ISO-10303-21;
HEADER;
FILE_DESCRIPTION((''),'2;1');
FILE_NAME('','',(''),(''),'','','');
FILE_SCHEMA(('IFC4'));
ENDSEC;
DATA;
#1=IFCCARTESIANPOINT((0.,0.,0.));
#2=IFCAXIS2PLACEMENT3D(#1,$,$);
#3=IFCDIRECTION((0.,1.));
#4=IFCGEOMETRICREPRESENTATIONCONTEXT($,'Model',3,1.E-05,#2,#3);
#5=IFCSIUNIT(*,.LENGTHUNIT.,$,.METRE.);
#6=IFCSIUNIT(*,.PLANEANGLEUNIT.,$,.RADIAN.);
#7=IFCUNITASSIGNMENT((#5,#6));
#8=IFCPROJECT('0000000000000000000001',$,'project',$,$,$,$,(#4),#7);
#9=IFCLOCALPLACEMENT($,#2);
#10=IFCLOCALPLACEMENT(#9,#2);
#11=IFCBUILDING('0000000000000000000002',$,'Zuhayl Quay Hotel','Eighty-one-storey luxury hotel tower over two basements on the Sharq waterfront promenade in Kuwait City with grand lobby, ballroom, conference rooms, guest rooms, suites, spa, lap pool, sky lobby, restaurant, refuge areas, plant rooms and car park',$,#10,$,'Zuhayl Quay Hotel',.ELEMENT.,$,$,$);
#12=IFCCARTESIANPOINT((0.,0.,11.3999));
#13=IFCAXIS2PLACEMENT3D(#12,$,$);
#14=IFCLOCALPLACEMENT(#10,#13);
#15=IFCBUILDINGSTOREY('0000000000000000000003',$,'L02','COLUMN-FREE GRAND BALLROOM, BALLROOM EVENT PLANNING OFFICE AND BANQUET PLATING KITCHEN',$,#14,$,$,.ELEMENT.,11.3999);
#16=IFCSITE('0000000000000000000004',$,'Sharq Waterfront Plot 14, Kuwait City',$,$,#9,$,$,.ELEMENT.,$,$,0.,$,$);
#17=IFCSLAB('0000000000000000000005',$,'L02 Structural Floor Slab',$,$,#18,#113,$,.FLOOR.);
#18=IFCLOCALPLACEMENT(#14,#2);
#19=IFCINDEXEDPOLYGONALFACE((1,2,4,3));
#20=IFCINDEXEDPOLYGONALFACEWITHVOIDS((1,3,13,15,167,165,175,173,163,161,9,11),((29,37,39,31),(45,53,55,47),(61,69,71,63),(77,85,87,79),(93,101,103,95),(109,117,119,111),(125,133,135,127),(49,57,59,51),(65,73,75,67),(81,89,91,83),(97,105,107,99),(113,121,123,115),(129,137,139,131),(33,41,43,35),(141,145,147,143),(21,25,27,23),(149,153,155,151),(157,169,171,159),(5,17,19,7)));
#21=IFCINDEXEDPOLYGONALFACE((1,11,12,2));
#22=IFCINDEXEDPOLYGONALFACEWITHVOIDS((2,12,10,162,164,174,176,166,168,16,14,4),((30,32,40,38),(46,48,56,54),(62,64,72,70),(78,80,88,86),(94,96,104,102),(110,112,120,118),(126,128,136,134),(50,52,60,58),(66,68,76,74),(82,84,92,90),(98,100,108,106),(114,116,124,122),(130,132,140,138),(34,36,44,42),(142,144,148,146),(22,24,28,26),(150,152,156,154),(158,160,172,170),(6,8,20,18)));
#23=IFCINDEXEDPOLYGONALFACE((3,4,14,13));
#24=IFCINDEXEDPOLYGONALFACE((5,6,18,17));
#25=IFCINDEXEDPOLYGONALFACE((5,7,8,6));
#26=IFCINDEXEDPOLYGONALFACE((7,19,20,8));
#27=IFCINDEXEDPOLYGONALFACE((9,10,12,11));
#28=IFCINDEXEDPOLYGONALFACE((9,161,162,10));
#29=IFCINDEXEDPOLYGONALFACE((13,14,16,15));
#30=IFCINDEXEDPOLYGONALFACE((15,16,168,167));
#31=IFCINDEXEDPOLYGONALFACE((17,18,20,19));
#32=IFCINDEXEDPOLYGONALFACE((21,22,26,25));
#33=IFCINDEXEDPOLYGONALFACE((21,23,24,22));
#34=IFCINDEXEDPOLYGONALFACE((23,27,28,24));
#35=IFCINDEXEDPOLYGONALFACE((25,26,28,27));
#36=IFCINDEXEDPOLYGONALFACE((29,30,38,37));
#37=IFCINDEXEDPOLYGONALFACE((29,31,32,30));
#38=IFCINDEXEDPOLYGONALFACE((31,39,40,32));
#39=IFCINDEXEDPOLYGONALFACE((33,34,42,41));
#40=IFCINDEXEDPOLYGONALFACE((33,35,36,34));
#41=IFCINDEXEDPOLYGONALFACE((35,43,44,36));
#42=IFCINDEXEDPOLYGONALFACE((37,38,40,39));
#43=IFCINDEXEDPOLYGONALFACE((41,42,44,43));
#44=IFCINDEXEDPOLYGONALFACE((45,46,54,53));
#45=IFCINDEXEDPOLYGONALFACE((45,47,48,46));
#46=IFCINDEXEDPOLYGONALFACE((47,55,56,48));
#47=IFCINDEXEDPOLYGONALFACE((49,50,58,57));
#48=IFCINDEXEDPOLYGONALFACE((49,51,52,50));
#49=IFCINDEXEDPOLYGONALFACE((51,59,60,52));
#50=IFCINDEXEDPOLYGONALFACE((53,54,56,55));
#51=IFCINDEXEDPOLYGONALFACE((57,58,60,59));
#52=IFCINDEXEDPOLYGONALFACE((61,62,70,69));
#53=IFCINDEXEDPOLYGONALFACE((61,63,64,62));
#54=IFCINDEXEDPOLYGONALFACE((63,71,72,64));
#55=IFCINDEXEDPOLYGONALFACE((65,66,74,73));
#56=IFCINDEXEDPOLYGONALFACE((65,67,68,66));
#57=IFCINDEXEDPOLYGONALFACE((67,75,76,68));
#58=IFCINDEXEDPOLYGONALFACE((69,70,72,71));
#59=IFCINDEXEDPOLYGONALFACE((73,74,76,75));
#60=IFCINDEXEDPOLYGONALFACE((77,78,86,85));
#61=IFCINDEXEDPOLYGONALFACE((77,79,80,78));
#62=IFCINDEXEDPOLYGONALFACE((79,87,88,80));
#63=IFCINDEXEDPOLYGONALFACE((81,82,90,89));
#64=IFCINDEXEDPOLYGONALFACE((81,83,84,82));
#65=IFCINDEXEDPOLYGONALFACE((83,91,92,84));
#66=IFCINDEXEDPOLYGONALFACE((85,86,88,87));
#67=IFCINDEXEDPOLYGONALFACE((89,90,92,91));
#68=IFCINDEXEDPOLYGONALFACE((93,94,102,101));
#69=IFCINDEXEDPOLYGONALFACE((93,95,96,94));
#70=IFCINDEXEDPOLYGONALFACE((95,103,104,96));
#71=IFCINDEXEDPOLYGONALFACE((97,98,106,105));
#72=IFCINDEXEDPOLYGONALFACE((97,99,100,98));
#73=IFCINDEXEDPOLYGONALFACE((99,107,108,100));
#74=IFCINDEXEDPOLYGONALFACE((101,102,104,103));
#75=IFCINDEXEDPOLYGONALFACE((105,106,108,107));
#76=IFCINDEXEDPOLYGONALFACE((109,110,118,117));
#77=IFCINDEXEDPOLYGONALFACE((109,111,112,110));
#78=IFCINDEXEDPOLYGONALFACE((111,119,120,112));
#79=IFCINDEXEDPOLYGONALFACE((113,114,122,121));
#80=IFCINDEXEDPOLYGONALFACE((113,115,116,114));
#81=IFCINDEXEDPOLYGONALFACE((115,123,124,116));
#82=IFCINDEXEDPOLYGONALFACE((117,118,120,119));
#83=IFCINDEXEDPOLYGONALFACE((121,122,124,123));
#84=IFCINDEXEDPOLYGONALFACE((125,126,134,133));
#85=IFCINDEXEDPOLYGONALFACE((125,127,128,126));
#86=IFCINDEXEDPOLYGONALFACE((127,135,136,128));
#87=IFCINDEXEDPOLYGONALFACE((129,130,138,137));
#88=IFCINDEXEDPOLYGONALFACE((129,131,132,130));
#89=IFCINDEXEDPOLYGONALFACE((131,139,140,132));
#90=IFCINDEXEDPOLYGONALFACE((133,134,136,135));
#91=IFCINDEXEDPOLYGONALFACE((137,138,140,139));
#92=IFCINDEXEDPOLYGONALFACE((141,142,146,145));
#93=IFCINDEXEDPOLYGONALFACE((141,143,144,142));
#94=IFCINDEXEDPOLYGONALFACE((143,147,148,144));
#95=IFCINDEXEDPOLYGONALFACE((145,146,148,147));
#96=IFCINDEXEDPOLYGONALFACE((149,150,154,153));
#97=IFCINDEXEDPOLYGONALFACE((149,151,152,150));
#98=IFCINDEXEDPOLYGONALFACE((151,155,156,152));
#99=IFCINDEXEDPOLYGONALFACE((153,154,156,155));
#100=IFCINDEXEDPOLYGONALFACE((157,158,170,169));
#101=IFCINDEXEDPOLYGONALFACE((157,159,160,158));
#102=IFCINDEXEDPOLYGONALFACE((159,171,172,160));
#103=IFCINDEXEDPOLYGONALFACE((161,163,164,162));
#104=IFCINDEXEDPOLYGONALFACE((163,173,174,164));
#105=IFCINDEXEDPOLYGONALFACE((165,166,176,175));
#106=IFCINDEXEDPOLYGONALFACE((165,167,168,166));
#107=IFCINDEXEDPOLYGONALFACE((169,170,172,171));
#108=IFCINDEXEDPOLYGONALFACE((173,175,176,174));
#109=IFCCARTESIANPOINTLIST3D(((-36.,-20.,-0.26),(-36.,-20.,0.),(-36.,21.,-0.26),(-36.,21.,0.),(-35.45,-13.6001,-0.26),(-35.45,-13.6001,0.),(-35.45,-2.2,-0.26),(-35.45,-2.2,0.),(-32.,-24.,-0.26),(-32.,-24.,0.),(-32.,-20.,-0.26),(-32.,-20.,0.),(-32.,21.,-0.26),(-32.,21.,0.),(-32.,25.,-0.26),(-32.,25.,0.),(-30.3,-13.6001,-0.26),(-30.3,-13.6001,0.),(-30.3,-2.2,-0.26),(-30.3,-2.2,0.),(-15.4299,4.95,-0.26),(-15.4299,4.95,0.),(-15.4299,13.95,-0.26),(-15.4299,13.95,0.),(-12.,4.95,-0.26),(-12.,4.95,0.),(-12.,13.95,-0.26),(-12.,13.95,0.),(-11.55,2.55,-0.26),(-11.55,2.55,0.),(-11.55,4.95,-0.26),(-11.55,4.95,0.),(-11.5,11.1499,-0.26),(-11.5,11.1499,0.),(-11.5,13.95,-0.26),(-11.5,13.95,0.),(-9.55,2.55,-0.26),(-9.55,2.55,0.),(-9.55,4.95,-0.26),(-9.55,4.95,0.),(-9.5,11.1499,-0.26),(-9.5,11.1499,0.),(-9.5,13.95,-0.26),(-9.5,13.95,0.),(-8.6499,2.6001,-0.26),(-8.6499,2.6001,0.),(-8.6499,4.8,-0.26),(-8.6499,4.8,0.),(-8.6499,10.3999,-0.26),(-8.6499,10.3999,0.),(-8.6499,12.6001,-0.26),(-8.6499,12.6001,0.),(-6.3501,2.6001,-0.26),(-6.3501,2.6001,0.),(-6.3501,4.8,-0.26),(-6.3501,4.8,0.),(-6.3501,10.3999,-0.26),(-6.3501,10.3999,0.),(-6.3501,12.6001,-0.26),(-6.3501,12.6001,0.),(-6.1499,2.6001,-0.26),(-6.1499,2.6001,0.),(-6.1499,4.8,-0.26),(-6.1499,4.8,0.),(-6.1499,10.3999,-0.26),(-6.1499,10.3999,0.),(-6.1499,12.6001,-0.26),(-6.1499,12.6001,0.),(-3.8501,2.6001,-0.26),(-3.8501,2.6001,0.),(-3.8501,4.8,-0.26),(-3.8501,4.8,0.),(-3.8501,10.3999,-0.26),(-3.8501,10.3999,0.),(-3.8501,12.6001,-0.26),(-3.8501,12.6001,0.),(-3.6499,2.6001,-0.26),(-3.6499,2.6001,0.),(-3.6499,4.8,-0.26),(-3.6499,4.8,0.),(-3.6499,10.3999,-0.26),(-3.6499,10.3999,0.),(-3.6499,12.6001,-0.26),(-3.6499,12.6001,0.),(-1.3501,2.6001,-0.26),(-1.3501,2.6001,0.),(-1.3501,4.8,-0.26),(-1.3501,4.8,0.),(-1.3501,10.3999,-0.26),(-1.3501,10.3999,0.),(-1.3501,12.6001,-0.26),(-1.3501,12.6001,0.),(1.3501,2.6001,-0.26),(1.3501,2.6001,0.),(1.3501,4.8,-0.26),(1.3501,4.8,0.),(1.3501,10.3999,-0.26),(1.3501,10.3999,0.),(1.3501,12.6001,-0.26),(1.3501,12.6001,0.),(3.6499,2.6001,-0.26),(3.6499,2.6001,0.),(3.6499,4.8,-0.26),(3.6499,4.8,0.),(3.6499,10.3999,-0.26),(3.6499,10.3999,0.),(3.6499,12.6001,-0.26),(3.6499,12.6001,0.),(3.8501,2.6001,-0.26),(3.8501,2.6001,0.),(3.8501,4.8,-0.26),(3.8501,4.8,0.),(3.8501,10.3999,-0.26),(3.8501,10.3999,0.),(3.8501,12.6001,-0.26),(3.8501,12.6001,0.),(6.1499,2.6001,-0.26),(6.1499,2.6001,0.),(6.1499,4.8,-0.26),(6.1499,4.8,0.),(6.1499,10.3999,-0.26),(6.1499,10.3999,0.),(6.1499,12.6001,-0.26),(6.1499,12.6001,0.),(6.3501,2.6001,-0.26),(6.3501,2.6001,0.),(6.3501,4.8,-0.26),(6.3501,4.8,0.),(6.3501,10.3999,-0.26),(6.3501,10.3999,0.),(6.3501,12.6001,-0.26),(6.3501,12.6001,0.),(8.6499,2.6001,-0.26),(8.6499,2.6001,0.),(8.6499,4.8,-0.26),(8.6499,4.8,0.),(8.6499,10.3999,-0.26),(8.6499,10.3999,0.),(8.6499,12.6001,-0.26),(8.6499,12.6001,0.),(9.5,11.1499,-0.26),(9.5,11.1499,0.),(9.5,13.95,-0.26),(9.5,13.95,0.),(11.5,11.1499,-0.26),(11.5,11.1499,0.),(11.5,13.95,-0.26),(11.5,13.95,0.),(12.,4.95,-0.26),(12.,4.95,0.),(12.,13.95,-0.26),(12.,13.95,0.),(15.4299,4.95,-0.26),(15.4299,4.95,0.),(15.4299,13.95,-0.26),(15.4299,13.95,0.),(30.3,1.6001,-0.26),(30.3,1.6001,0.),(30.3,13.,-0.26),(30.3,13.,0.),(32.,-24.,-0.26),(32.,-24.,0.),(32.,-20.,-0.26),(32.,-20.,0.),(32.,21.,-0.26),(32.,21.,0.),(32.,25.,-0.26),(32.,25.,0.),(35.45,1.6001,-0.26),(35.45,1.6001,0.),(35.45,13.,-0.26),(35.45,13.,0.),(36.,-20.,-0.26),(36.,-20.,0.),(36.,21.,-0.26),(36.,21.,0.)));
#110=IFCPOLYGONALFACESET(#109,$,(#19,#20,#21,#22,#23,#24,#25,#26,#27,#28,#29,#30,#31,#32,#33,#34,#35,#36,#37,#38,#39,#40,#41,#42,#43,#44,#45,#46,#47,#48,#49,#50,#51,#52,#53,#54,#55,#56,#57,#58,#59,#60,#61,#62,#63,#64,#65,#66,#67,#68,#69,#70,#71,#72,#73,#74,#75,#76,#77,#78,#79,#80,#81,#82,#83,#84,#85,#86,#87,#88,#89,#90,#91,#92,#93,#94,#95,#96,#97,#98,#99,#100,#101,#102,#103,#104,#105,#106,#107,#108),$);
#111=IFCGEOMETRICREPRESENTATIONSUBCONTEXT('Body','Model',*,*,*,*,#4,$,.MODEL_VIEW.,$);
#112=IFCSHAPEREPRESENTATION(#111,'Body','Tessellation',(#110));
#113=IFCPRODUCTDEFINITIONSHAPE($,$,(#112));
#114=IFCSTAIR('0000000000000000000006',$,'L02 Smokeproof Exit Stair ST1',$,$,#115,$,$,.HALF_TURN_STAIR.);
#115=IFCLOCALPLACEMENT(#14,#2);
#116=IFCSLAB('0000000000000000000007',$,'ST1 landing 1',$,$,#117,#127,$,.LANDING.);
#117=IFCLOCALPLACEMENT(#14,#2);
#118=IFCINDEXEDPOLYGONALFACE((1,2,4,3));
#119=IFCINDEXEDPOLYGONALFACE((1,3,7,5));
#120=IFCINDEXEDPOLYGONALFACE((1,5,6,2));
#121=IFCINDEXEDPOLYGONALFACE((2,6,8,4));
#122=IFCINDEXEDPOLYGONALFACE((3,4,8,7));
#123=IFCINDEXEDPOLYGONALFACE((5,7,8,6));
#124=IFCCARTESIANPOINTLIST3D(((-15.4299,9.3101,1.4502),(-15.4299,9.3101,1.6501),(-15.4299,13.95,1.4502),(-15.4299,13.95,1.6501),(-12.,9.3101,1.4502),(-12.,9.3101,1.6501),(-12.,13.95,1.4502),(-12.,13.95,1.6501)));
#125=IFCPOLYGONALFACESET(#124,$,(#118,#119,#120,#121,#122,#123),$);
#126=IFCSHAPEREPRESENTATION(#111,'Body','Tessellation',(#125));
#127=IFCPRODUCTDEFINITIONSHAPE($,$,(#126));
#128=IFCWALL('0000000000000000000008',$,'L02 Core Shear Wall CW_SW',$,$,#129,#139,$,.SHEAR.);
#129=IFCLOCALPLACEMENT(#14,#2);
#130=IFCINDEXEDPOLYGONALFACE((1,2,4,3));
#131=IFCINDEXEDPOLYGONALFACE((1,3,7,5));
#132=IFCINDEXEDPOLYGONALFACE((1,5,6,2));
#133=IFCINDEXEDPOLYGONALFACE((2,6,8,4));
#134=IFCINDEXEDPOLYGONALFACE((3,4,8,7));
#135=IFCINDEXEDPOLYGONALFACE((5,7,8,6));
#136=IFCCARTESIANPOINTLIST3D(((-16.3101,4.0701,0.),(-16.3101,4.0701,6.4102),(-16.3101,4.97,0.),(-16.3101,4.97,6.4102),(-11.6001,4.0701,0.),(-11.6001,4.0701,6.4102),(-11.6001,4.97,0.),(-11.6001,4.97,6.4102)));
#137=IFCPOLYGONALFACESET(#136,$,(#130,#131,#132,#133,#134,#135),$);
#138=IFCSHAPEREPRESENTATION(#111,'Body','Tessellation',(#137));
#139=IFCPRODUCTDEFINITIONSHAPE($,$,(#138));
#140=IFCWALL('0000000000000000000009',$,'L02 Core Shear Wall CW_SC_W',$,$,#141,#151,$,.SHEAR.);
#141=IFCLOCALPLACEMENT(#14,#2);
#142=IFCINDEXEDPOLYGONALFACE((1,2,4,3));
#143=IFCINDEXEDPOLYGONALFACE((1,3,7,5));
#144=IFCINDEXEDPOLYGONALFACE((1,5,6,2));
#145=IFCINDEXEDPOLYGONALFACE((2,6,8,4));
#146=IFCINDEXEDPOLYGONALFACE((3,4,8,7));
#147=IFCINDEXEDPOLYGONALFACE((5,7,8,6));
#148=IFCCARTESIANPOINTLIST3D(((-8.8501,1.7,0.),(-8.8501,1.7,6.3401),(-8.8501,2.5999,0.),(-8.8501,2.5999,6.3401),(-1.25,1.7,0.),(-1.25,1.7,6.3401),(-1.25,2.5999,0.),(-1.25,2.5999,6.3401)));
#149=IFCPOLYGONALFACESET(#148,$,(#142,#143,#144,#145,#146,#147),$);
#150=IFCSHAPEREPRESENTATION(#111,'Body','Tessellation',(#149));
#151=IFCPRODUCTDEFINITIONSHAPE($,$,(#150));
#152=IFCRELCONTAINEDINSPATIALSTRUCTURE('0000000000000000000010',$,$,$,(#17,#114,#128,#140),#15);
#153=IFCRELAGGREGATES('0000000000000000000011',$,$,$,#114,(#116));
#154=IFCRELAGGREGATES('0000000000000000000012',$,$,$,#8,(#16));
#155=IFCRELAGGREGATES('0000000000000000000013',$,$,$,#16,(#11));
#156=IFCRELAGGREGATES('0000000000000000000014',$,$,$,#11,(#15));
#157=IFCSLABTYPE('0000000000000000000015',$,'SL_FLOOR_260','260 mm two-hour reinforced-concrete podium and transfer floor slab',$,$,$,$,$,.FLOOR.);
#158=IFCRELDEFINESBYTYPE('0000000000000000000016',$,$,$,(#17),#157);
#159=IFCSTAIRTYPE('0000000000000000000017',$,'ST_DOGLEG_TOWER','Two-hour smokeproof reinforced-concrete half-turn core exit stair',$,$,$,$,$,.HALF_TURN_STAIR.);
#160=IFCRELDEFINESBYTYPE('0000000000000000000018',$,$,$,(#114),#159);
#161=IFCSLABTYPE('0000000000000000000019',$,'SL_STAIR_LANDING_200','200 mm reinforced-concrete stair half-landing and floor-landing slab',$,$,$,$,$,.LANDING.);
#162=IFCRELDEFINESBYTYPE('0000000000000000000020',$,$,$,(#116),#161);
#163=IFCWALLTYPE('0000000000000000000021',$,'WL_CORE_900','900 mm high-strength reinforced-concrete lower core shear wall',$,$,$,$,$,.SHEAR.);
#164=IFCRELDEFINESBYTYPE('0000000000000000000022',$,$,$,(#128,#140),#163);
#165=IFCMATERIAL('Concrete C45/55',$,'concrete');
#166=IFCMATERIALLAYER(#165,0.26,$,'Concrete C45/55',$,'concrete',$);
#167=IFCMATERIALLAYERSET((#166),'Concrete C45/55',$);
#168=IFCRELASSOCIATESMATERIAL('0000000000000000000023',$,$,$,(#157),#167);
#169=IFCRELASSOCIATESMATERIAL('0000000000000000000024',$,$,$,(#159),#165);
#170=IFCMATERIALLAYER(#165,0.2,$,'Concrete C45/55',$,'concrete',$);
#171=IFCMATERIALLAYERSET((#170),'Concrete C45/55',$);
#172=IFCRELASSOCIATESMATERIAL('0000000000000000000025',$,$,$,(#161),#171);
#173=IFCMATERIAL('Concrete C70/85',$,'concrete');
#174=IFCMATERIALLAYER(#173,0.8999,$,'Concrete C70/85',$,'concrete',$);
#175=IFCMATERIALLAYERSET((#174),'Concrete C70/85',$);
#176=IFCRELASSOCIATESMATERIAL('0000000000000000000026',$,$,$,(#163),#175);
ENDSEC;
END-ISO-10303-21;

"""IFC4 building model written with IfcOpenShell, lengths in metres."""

from ifc_helpers import new_model, si_unit, direction, frame, frame_2d, origin, place, context, subcontext, project, spatial, polyline, rectangle, outline, extrude, material, layer, layer_set, type_object, element, aggregate, save


model = new_model("IFC4")

# Units and contexts
model_context = context("Model", 3, precision=1e-05, world=origin(), true_north=direction((0.0, 1.0)))
body_context = subcontext(model_context, "Body", "Model", "MODEL_VIEW")
ifc_project = project(units=[si_unit("LENGTHUNIT", "METRE"), si_unit("PLANEANGLEUNIT", "RADIAN")], contexts=[model_context])

# Site, building, storey
site_placement = place(None, origin())
site = spatial("IfcSite", under=ifc_project, at=site_placement, Name="Sharq Waterfront Plot 14, Kuwait City", CompositionType="ELEMENT", RefElevation=0.0)
building_placement = place(site_placement, origin())
building = spatial("IfcBuilding", under=site, at=building_placement, Name="Zuhayl Quay Hotel", Description="Eighty-one-storey luxury hotel tower over two basements on the Sharq waterfront promenade in Kuwait City with grand lobby, ballroom, conference rooms, guest rooms, suites, spa, lap pool, sky lobby, restaurant, refuge areas, plant rooms and car park", LongName="Zuhayl Quay Hotel", CompositionType="ELEMENT")
storey_placement = place(building_placement, frame((0.0, 0.0, 11.3999)))
storey = spatial("IfcBuildingStorey", under=building, at=storey_placement, Name="L02", Description="COLUMN-FREE GRAND BALLROOM, BALLROOM EVENT PLANNING OFFICE AND BANQUET PLATING KITCHEN", CompositionType="ELEMENT", Elevation=11.3999)

# Shared definitions
ifc_material_1 = material(Name="Concrete C70/85", Category="concrete")

# Slab
ifc_material_2 = material(Name="Concrete C45/55", Category="concrete")
ifc_layer_1 = layer(ifc_material_2, 0.26, Name="Concrete C45/55", Category="concrete")
ifc_layer_set_1 = layer_set([ifc_layer_1], Name="Concrete C45/55")
slab_type_1 = type_object("IfcSlabType", Name="SL_FLOOR_260", Description="260 mm two-hour reinforced-concrete podium and transfer floor slab", PredefinedType="FLOOR", material=ifc_layer_set_1)
slab_1_placement = place(storey_placement, frame((0.0, 0.0, -0.26)))
element("IfcSlab", 1, at=slab_1_placement, inside=storey, type_object=slab_type_1, Name="L02 Structural Floor Slab", PredefinedType="FLOOR", context=body_context, shape_type="SweptSolid", body=[
    extrude(outline(polyline([(-32.0, -24.0), (32.0, -24.0), (32.0, -20.0), (36.0, -20.0), (36.0, 21.0), (32.0, 21.0), (32.0, 25.0), (-32.0, 25.0), (-32.0, 21.0), (-36.0, 21.0), (-36.0, -20.0), (-32.0, -20.0), (-32.0, -24.0)]), holes=[polyline([(-12.0, 4.95), (-12.0, 13.95), (-15.4299, 13.95), (-15.4299, 4.95), (-12.0, 4.95)]), polyline([(15.4299, 4.95), (15.4299, 13.95), (12.0, 13.95), (12.0, 4.95), (15.4299, 4.95)]), polyline([(-30.3, -13.6001), (-30.3, -2.2), (-35.45, -2.2), (-35.45, -13.6001), (-30.3, -13.6001)]), polyline([(35.45, 1.6001), (35.45, 13.0), (30.3, 13.0), (30.3, 1.6001), (35.45, 1.6001)]), polyline([(-11.5, 11.1499), (-9.5, 11.1499), (-9.5, 13.95), (-11.5, 13.95), (-11.5, 11.1499)]), polyline([(9.5, 11.1499), (11.5, 11.1499), (11.5, 13.95), (9.5, 13.95), (9.5, 11.1499)]), polyline([(-8.6499, 2.6001), (-6.3501, 2.6001), (-6.3501, 4.8), (-8.6499, 4.8), (-8.6499, 2.6001)]), polyline([(-6.1499, 2.6001), (-3.8501, 2.6001), (-3.8501, 4.8), (-6.1499, 4.8), (-6.1499, 2.6001)]), polyline([(-8.6499, 10.3999), (-6.3501, 10.3999), (-6.3501, 12.6001), (-8.6499, 12.6001), (-8.6499, 10.3999)]), polyline([(-6.1499, 10.3999), (-3.8501, 10.3999), (-3.8501, 12.6001), (-6.1499, 12.6001), (-6.1499, 10.3999)]), polyline([(-3.6499, 2.6001), (-1.3501, 2.6001), (-1.3501, 4.8), (-3.6499, 4.8), (-3.6499, 2.6001)]), polyline([(1.3501, 2.6001), (3.6499, 2.6001), (3.6499, 4.8), (1.3501, 4.8), (1.3501, 2.6001)]), polyline([(-3.6499, 10.3999), (-1.3501, 10.3999), (-1.3501, 12.6001), (-3.6499, 12.6001), (-3.6499, 10.3999)]), polyline([(1.3501, 10.3999), (3.6499, 10.3999), (3.6499, 12.6001), (1.3501, 12.6001), (1.3501, 10.3999)]), polyline([(3.8501, 2.6001), (6.1499, 2.6001), (6.1499, 4.8), (3.8501, 4.8), (3.8501, 2.6001)]), polyline([(6.3501, 2.6001), (8.6499, 2.6001), (8.6499, 4.8), (6.3501, 4.8), (6.3501, 2.6001)]), polyline([(3.8501, 10.3999), (6.1499, 10.3999), (6.1499, 12.6001), (3.8501, 12.6001), (3.8501, 10.3999)]), polyline([(6.3501, 10.3999), (8.6499, 10.3999), (8.6499, 12.6001), (6.3501, 12.6001), (6.3501, 10.3999)]), polyline([(-11.55, 2.55), (-9.55, 2.55), (-9.55, 4.95), (-11.55, 4.95), (-11.55, 2.55)])]), origin(), (0.0, 0.0, 1.0), 0.26),
])

# Stair, slab
stair_type = type_object("IfcStairType", Name="ST_DOGLEG_TOWER", Description="Two-hour smokeproof reinforced-concrete half-turn core exit stair", PredefinedType="HALF_TURN_STAIR", material=ifc_material_2)
stair_placement = place(storey_placement, origin())
stair = element("IfcStair", 2, at=stair_placement, inside=storey, type_object=stair_type, Name="L02 Smokeproof Exit Stair ST1", PredefinedType="HALF_TURN_STAIR")
ifc_layer_2 = layer(ifc_material_2, 0.2, Name="Concrete C45/55", Category="concrete")
ifc_layer_set_2 = layer_set([ifc_layer_2], Name="Concrete C45/55")
slab_type_2 = type_object("IfcSlabType", Name="SL_STAIR_LANDING_200", Description="200 mm reinforced-concrete stair half-landing and floor-landing slab", PredefinedType="LANDING", material=ifc_layer_set_2)
slab_2_placement = place(storey_placement, frame((0.0, 0.0, 1.4502)))
slab_2 = element("IfcSlab", 3, at=slab_2_placement, type_object=slab_type_2, Name="ST1 landing 1", PredefinedType="LANDING", context=body_context, shape_type="SweptSolid", body=[
    extrude(outline(polyline([(-12.0, 9.3101), (-12.0, 13.95), (-15.4299, 13.95), (-15.4299, 9.3101), (-12.0, 9.3101)])), origin(), (0.0, 0.0, 1.0), 0.2),
])
aggregate(stair, [slab_2])

# Walls
ifc_layer_3 = layer(ifc_material_1, 0.8999, Name="Concrete C70/85", Category="concrete")
ifc_layer_set_3 = layer_set([ifc_layer_3], Name="Concrete C70/85")
wall_type_1 = type_object("IfcWallType", Name="WL_CORE_900", Description="900 mm high-strength reinforced-concrete lower core shear wall", PredefinedType="SHEAR", material=ifc_layer_set_3)
wall_1_placement = place(storey_placement, frame((-16.3101, 4.52, 0.0), z_axis=(0.0, 0.0, 1.0), x_axis=(1.0, 0.0, 0.0)))
element("IfcWall", 4, at=wall_1_placement, inside=storey, type_object=wall_type_1, Name="L02 Core Shear Wall CW_SW", PredefinedType="SHEAR", context=body_context, shape_type="SweptSolid", body=[
    extrude(rectangle(XDim=4.71, YDim=0.8999, at=frame_2d((2.355, 0.0))), origin(), (0.0, 0.0, 1.0), 6.4102),
])
wall_2_placement = place(storey_placement, frame((-8.8501, 2.1499, 0.0), z_axis=(0.0, 0.0, 1.0), x_axis=(1.0, 0.0, 0.0)))
element("IfcWall", 5, at=wall_2_placement, inside=storey, type_object=wall_type_1, Name="L02 Core Shear Wall CW_SC_W", PredefinedType="SHEAR", context=body_context, shape_type="SweptSolid", body=[
    extrude(rectangle(XDim=7.6001, YDim=0.8999, at=frame_2d((3.8, 0.0))), origin(), (0.0, 0.0, 1.0), 6.3401),
])

save(model, "model.ifc")
